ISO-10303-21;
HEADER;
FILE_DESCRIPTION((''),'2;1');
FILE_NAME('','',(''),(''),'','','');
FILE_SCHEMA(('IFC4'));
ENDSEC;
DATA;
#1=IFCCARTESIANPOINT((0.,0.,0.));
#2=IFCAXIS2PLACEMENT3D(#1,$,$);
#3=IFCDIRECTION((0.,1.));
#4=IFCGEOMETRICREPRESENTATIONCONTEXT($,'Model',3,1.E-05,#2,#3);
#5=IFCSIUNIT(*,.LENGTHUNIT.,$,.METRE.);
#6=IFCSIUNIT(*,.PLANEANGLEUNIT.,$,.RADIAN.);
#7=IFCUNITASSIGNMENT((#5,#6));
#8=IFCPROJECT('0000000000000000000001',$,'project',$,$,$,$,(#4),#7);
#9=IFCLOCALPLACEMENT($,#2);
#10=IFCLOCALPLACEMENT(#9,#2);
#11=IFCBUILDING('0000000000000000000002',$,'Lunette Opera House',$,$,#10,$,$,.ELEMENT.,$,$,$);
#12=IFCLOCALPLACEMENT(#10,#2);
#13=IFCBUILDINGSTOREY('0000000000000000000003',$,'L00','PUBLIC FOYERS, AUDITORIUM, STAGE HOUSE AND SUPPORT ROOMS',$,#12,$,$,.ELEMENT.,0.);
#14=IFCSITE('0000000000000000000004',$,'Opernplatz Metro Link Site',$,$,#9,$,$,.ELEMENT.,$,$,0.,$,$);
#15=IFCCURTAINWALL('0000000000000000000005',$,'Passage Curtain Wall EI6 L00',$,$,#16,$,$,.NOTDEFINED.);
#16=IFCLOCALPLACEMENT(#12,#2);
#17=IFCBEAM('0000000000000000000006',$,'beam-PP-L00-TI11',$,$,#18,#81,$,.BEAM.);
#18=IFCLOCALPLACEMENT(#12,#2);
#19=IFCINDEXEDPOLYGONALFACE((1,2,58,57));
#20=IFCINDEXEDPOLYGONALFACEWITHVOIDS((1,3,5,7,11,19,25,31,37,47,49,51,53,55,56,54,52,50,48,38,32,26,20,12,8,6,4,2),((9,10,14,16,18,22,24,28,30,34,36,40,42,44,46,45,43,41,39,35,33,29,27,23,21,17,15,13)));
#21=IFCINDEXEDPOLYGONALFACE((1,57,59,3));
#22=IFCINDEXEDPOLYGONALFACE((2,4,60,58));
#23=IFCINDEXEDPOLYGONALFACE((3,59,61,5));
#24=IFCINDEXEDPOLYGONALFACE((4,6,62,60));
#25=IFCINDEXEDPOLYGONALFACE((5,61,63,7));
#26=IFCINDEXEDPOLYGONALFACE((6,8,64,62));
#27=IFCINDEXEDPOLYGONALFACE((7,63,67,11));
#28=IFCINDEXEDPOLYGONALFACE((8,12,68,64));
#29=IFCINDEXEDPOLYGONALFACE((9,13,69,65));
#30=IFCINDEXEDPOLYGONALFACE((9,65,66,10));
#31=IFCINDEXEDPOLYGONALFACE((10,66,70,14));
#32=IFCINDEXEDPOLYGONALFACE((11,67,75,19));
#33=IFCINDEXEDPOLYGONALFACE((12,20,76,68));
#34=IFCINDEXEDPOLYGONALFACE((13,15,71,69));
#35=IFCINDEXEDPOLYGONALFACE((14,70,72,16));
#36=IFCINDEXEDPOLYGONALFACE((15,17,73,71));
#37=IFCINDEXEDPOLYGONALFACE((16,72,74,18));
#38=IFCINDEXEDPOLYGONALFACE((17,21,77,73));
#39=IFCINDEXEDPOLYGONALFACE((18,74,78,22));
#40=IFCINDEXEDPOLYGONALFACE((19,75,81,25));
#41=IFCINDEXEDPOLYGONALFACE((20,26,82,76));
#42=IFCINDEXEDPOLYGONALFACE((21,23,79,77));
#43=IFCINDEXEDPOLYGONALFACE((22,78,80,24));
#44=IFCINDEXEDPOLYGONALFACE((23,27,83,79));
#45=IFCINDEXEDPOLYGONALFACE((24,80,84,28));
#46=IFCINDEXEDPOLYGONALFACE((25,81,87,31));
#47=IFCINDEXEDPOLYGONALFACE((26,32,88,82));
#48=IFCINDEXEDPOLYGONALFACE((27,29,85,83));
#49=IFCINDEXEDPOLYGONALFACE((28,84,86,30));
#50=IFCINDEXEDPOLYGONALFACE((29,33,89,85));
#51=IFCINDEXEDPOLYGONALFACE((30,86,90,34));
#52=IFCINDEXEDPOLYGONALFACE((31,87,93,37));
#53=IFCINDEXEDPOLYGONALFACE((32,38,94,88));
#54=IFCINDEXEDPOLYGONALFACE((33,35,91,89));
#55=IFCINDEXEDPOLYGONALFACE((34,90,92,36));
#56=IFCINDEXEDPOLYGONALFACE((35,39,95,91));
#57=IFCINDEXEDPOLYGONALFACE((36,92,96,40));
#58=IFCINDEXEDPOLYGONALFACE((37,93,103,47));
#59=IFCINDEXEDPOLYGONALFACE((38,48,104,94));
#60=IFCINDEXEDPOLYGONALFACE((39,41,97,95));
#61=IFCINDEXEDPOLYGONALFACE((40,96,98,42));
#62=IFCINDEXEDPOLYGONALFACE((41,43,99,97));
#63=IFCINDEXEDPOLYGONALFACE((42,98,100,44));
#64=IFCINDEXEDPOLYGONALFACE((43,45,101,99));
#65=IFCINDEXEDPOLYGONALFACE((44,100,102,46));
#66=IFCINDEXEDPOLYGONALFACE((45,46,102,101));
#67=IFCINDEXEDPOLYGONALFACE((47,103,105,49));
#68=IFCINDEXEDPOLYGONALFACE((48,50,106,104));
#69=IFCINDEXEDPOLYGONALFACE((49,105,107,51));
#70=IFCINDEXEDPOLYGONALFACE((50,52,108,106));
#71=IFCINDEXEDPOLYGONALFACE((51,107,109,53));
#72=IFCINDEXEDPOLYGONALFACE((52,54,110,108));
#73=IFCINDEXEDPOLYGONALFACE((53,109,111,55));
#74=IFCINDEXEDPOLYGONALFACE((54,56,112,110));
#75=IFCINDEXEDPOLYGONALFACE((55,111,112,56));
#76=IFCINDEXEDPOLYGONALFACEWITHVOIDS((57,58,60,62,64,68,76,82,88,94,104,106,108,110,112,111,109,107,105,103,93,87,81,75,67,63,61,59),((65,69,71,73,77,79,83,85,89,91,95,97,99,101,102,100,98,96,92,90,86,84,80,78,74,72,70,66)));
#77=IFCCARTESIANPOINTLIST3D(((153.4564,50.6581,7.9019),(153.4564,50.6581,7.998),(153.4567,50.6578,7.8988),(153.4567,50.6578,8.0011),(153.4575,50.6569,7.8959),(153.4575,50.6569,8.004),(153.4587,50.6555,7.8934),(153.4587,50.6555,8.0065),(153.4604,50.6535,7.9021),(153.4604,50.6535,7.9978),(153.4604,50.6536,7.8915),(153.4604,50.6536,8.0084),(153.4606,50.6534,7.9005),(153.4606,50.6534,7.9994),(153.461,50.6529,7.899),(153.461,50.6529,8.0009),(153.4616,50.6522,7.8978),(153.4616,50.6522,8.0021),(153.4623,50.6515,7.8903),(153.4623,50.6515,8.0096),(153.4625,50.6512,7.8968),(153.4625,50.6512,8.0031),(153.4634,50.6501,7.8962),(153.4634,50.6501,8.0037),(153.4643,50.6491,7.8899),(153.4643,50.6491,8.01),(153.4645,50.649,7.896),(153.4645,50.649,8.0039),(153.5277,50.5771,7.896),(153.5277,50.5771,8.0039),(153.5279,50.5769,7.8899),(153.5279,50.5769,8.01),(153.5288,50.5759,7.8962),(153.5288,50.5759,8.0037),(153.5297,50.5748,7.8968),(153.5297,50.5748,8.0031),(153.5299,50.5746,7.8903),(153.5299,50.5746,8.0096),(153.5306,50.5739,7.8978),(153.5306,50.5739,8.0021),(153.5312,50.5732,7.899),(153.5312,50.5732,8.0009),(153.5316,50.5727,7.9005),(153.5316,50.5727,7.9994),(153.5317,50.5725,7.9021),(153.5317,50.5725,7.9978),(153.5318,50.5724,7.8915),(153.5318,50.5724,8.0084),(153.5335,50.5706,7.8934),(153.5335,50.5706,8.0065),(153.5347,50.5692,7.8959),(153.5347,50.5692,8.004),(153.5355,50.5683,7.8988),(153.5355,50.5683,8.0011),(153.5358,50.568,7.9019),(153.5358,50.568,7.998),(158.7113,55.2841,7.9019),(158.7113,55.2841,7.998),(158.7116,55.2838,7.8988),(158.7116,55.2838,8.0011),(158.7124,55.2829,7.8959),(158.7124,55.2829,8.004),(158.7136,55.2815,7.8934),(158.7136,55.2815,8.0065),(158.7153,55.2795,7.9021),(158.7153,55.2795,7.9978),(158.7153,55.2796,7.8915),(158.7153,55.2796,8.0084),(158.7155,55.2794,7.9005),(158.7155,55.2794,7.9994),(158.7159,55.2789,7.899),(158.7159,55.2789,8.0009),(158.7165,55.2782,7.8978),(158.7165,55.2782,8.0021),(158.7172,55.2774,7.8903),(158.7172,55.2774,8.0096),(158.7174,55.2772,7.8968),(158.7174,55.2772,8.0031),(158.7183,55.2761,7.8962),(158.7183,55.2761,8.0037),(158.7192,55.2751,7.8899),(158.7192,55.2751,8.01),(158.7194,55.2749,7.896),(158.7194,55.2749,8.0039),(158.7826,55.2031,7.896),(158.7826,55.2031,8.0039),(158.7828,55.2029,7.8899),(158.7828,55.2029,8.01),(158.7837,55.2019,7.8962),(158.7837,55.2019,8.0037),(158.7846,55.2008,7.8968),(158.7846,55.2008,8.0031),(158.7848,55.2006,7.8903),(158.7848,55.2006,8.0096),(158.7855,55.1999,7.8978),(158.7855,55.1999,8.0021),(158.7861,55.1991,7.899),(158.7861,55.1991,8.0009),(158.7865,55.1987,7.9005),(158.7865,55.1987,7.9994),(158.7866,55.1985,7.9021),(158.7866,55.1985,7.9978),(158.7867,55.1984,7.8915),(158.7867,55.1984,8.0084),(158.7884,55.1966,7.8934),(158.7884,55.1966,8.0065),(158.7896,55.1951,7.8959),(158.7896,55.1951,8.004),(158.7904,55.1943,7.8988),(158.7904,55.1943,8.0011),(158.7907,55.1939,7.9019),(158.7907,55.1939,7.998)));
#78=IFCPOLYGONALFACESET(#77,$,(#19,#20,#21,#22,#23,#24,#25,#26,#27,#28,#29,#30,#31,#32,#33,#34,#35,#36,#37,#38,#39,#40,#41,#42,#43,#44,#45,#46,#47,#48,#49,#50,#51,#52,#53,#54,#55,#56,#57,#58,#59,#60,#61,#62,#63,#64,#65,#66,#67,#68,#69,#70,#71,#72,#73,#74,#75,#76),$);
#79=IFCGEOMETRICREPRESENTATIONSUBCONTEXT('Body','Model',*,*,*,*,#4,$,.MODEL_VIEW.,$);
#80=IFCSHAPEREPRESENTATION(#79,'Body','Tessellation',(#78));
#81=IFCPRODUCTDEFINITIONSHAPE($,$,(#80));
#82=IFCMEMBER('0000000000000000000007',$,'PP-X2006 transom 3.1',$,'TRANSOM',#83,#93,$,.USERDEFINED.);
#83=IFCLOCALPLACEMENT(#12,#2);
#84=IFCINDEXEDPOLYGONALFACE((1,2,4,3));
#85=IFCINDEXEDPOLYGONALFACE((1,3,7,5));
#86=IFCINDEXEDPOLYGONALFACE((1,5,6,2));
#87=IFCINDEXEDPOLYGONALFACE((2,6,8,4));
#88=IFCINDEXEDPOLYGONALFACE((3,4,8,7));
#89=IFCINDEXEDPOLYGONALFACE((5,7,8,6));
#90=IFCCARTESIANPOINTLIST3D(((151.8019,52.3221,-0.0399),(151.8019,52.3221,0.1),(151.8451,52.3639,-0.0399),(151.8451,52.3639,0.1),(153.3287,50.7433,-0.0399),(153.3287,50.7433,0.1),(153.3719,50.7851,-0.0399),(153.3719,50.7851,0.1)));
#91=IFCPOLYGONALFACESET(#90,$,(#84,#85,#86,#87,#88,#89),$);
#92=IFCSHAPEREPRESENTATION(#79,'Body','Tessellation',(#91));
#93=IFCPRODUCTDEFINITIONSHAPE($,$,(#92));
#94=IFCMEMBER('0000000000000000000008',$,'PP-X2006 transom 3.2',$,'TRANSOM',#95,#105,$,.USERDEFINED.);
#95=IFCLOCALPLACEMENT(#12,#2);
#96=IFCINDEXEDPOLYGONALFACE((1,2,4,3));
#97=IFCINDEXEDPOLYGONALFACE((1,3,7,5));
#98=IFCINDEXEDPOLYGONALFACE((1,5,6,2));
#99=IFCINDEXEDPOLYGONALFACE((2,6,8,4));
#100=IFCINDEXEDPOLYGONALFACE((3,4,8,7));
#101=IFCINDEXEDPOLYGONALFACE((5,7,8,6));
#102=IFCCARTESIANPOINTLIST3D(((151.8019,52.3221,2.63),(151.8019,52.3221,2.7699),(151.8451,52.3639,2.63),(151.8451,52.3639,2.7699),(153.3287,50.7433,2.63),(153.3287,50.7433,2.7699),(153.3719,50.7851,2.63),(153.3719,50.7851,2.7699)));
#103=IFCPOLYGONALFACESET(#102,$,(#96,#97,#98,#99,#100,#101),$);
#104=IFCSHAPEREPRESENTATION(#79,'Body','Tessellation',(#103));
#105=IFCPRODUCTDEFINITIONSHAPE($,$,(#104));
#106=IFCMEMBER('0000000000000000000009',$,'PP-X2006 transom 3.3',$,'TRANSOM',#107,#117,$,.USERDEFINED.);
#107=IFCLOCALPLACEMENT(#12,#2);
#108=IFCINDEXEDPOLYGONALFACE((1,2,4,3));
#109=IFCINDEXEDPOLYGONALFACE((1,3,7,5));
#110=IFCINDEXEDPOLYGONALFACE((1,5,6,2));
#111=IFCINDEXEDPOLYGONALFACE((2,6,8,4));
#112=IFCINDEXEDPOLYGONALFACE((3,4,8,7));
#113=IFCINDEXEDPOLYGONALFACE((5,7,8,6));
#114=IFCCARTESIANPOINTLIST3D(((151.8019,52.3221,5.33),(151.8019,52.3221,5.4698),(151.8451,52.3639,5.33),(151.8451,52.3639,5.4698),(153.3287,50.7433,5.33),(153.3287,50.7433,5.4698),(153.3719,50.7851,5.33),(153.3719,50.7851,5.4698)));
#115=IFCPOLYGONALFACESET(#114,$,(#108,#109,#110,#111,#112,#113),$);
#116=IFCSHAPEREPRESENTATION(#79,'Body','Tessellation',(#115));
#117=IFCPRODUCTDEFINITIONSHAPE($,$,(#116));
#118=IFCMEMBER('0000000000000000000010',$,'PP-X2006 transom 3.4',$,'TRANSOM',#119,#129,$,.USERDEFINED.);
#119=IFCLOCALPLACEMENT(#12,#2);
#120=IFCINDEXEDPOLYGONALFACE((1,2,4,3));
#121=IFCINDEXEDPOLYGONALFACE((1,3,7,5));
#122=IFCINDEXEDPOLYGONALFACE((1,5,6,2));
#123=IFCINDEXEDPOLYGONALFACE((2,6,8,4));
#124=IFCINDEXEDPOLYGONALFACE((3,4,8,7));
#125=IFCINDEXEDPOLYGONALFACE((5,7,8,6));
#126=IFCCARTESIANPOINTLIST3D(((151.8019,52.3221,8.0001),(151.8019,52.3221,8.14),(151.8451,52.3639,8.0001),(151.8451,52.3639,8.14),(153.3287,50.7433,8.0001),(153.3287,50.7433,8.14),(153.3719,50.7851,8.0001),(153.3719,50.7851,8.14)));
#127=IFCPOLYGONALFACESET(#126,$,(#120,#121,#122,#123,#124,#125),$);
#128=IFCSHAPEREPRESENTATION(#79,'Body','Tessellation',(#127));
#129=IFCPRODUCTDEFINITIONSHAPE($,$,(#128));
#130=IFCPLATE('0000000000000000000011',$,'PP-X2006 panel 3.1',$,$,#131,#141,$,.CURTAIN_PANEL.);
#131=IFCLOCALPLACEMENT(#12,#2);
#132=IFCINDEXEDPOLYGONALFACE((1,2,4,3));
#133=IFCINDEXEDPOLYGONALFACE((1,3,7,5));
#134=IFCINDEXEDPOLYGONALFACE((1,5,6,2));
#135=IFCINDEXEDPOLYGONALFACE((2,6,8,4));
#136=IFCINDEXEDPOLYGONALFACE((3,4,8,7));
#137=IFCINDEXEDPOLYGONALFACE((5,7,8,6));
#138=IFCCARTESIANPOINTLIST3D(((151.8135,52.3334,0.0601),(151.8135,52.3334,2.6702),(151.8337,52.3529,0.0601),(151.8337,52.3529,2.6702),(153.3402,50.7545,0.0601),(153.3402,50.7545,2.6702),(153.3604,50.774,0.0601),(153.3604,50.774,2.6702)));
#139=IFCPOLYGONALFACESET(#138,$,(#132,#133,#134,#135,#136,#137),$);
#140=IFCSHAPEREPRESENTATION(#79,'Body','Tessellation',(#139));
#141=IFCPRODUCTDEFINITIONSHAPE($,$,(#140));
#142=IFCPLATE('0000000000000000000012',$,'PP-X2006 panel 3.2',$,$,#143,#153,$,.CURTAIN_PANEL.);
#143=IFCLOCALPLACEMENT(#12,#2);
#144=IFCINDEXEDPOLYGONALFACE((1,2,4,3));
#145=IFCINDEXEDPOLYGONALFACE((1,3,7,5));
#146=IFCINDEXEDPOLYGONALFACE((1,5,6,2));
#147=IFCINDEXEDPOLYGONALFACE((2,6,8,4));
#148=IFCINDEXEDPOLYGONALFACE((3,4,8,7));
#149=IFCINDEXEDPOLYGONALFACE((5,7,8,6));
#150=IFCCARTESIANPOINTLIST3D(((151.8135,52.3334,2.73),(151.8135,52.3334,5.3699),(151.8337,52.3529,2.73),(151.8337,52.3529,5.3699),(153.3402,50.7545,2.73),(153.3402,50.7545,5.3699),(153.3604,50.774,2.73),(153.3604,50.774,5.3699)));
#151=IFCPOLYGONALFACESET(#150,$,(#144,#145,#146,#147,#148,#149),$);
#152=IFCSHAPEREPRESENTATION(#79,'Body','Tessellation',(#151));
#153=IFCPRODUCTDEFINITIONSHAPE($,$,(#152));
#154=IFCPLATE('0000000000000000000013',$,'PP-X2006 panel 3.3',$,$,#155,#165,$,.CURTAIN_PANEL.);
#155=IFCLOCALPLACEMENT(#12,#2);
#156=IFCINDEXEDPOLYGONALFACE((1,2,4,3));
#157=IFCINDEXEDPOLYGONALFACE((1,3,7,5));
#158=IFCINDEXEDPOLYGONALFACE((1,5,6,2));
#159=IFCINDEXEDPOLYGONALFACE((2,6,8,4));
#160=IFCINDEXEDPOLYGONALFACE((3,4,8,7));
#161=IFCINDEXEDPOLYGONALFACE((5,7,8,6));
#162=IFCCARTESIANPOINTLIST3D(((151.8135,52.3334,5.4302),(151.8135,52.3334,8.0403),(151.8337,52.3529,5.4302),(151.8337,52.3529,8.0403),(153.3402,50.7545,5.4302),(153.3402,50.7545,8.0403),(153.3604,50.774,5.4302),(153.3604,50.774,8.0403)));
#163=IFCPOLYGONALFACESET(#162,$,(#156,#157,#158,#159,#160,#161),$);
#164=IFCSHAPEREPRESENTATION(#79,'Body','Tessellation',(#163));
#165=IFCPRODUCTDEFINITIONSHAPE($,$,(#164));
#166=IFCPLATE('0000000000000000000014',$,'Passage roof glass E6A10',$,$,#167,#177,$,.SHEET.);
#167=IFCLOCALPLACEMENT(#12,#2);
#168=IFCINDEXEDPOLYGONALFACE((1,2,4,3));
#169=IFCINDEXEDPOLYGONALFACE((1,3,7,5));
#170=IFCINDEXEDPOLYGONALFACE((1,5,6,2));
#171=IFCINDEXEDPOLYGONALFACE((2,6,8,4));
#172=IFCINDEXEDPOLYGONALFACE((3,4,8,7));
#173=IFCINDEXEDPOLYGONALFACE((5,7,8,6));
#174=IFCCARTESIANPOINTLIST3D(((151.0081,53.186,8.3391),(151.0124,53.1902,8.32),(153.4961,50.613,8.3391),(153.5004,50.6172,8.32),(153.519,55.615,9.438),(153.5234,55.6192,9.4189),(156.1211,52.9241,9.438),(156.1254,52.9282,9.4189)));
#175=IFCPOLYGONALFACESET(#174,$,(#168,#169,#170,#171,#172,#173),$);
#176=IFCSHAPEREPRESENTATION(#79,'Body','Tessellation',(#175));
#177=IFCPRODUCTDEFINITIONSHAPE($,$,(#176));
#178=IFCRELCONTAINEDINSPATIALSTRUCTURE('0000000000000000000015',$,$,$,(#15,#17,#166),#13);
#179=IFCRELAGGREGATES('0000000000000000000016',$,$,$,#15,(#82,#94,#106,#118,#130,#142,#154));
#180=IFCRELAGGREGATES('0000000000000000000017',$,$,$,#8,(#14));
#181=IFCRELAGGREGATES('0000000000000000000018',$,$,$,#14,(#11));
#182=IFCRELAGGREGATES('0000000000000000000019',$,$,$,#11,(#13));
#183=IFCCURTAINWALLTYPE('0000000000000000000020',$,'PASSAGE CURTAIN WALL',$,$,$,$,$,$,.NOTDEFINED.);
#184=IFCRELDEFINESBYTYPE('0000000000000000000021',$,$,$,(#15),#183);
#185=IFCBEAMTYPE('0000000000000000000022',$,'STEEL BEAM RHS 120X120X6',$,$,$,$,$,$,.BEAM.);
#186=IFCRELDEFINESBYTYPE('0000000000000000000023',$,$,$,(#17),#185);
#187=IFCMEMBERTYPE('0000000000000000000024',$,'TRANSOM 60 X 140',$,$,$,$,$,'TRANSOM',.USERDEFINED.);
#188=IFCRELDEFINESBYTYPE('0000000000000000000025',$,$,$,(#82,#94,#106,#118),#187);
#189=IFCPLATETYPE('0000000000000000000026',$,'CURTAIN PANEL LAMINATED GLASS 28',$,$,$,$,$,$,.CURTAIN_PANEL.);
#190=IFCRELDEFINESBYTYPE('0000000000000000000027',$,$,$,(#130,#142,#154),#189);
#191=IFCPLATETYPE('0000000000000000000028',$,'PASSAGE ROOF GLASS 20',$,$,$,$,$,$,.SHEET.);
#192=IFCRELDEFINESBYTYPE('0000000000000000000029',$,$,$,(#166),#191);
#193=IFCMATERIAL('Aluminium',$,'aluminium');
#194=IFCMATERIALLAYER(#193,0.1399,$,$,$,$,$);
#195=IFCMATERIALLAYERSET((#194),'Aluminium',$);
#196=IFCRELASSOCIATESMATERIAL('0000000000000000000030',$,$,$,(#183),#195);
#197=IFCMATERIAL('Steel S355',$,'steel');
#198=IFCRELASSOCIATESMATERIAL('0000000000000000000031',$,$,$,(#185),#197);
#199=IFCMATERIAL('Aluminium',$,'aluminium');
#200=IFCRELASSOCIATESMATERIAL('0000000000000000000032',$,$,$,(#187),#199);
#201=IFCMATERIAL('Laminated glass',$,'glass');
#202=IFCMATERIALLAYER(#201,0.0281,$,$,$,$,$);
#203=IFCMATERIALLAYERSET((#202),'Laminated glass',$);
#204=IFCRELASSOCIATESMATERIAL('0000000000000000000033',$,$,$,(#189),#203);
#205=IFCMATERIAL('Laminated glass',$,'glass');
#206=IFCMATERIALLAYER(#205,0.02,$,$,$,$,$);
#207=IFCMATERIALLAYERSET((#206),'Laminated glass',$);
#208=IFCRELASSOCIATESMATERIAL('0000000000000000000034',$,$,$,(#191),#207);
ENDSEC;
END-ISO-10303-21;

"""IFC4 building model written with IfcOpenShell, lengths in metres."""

from ifc_helpers import new_model, si_unit, direction, frame, origin, origin_2d, place, context, subcontext, project, spatial, polyline, rectangle, hollow_rectangle, outline, extrude, material, layer, layer_set, material_profile, profile_set, type_object, element, aggregate, save


model = new_model("IFC4")

# Units and contexts
model_context = context("Model", 3, precision=1e-05, world=origin(), true_north=direction((0.0, 1.0)))
body_context = subcontext(model_context, "Body", "Model", "MODEL_VIEW")
ifc_project = project(units=[si_unit("LENGTHUNIT", "METRE"), si_unit("PLANEANGLEUNIT", "RADIAN")], contexts=[model_context])

# Site, building, storey
site_placement = place(None, origin())
site = spatial("IfcSite", under=ifc_project, at=site_placement, Name="Opernplatz Metro Link Site", CompositionType="ELEMENT", RefElevation=0.0)
building_placement = place(site_placement, origin())
building = spatial("IfcBuilding", under=site, at=building_placement, Name="Lunette Opera House", CompositionType="ELEMENT")
storey_placement = place(building_placement, origin())
storey = spatial("IfcBuildingStorey", under=building, at=storey_placement, Name="L00", Description="PUBLIC FOYERS, AUDITORIUM, STAGE HOUSE AND SUPPORT ROOMS", CompositionType="ELEMENT", Elevation=0.0)

# Curtain wall
ifc_material_1 = material(Name="Aluminium", Category="aluminium")
ifc_layer_1 = layer(ifc_material_1, 0.1399)
ifc_layer_set_1 = layer_set([ifc_layer_1], Name="Aluminium")
curtain_wall_type = type_object("IfcCurtainWallType", Name="PASSAGE CURTAIN WALL", PredefinedType="NOTDEFINED", material=ifc_layer_set_1)
curtain_wall_placement = place(storey_placement, origin())
curtain_wall = element("IfcCurtainWall", 1, at=curtain_wall_placement, inside=storey, type_object=curtain_wall_type, Name="Passage Curtain Wall EI6 L00", PredefinedType="NOTDEFINED")

# Beam
ifc_material_2 = material(Name="Steel S355", Category="steel")
ifc_material_profile_1 = material_profile(ifc_material_2, hollow_rectangle(XDim=0.1201, YDim=0.1201, WallThickness=0.0061, InnerFilletRadius=0.0061, OuterFilletRadius=0.012, at=origin_2d()), Name="RHS 120X120X6")
ifc_profile_set_1 = profile_set([ifc_material_profile_1], Name="Steel S355")
beam_type_1 = type_object("IfcBeamType", Name="STEEL BEAM RHS 120X120X6", PredefinedType="BEAM", material=ifc_profile_set_1)
beam_1_placement = place(storey_placement, frame((153.4961, 50.613, 7.95), z_axis=(0.750595, 0.660763, 0.0), x_axis=(-0.660763, 0.750595, 0.0)))
element("IfcBeam", 2, at=beam_1_placement, inside=storey, type_object=beam_type_1, Name="beam-PP-L00-TI11", PredefinedType="BEAM", context=body_context, shape_type="SweptSolid", body=[
    extrude(hollow_rectangle(XDim=0.1201, YDim=0.1201, WallThickness=0.0061, InnerFilletRadius=0.0061, OuterFilletRadius=0.012, at=origin_2d()), origin(), (0.0, 0.0, 1.0), 7.001),
])

# Members
ifc_material_3 = material(Name="Aluminium", Category="aluminium")
ifc_material_profile_2 = material_profile(ifc_material_3, rectangle(XDim=0.0601, YDim=0.1399, at=origin_2d()), Name="TRANSOM 60 X 140")
ifc_profile_set_2 = profile_set([ifc_material_profile_2], Name="Aluminium")
member_type_1 = type_object("IfcMemberType", Name="TRANSOM 60 X 140", ElementType="TRANSOM", PredefinedType="USERDEFINED", material=ifc_profile_set_2)
member_1_placement = place(storey_placement, frame((151.8235, 52.343, 0.03), z_axis=(0.69517, -0.718846, 0.0), x_axis=(0.718846, 0.69517, 0.0)))
member_1 = element("IfcMember", 3, at=member_1_placement, type_object=member_type_1, Name="PP-X2006 transom 3.1", ObjectType="TRANSOM", PredefinedType="USERDEFINED", context=body_context, shape_type="SweptSolid", body=[
    extrude(rectangle(XDim=0.0601, YDim=0.1399, at=origin_2d()), origin(), (0.0, 0.0, 1.0), 2.1963),
])
member_2_placement = place(storey_placement, frame((151.8235, 52.343, 2.7), z_axis=(0.69517, -0.718846, 0.0), x_axis=(0.718846, 0.69517, 0.0)))
member_2 = element("IfcMember", 4, at=member_2_placement, type_object=member_type_1, Name="PP-X2006 transom 3.2", ObjectType="TRANSOM", PredefinedType="USERDEFINED", context=body_context, shape_type="SweptSolid", body=[
    extrude(rectangle(XDim=0.0601, YDim=0.1399, at=origin_2d()), origin(), (0.0, 0.0, 1.0), 2.1963),
])
member_3_placement = place(storey_placement, frame((151.8235, 52.343, 5.3999), z_axis=(0.69517, -0.718846, 0.0), x_axis=(0.718846, 0.69517, 0.0)))
member_3 = element("IfcMember", 5, at=member_3_placement, type_object=member_type_1, Name="PP-X2006 transom 3.3", ObjectType="TRANSOM", PredefinedType="USERDEFINED", context=body_context, shape_type="SweptSolid", body=[
    extrude(rectangle(XDim=0.0601, YDim=0.1399, at=origin_2d()), origin(), (0.0, 0.0, 1.0), 2.1963),
])
member_4_placement = place(storey_placement, frame((151.8235, 52.343, 8.0701), z_axis=(0.69517, -0.718846, 0.0), x_axis=(0.718846, 0.69517, 0.0)))
member_4 = element("IfcMember", 6, at=member_4_placement, type_object=member_type_1, Name="PP-X2006 transom 3.4", ObjectType="TRANSOM", PredefinedType="USERDEFINED", context=body_context, shape_type="SweptSolid", body=[
    extrude(rectangle(XDim=0.0601, YDim=0.1399, at=origin_2d()), origin(), (0.0, 0.0, 1.0), 2.1963),
])

# Plates
ifc_material_4 = material(Name="Laminated glass", Category="glass")
ifc_layer_2 = layer(ifc_material_4, 0.0281)
ifc_layer_set_2 = layer_set([ifc_layer_2], Name="Laminated glass")
plate_type_1 = type_object("IfcPlateType", Name="CURTAIN PANEL LAMINATED GLASS 28", PredefinedType="CURTAIN_PANEL", material=ifc_layer_set_2)
plate_1_placement = place(storey_placement, frame((152.5869, 51.5537, 0.0601), z_axis=(0.0, 0.0, 1.0), x_axis=(0.695125, -0.718889, 0.0)))
plate_1 = element("IfcPlate", 7, at=plate_1_placement, type_object=plate_type_1, Name="PP-X2006 panel 3.1", PredefinedType="CURTAIN_PANEL", context=body_context, shape_type="SweptSolid", body=[
    extrude(rectangle(XDim=2.1963, YDim=0.0281, at=origin_2d()), origin(), (0.0, 0.0, 1.0), 2.6101),
])
plate_2_placement = place(storey_placement, frame((152.5869, 51.5537, 2.73), z_axis=(0.0, 0.0, 1.0), x_axis=(0.695125, -0.718889, 0.0)))
plate_2 = element("IfcPlate", 8, at=plate_2_placement, type_object=plate_type_1, Name="PP-X2006 panel 3.2", PredefinedType="CURTAIN_PANEL", context=body_context, shape_type="SweptSolid", body=[
    extrude(rectangle(XDim=2.1963, YDim=0.0281, at=origin_2d()), origin(), (0.0, 0.0, 1.0), 2.6399),
])
plate_3_placement = place(storey_placement, frame((152.5869, 51.5537, 5.4302), z_axis=(0.0, 0.0, 1.0), x_axis=(0.695125, -0.718889, 0.0)))
plate_3 = element("IfcPlate", 9, at=plate_3_placement, type_object=plate_type_1, Name="PP-X2006 panel 3.3", PredefinedType="CURTAIN_PANEL", context=body_context, shape_type="SweptSolid", body=[
    extrude(rectangle(XDim=2.1963, YDim=0.0281, at=origin_2d()), origin(), (0.0, 0.0, 1.0), 2.6101),
])
aggregate(curtain_wall, [member_1, member_2, member_3, member_4, plate_1, plate_2, plate_3])
ifc_material_5 = material(Name="Laminated glass", Category="glass")
ifc_layer_3 = layer(ifc_material_5, 0.02)
ifc_layer_set_3 = layer_set([ifc_layer_3], Name="Laminated glass")
plate_type_2 = type_object("IfcPlateType", Name="PASSAGE ROOF GLASS 20", PredefinedType="SHEET", material=ifc_layer_set_3)
plate_4_placement = place(storey_placement, frame((151.0081, 53.186, 8.3391), z_axis=(-0.2157, -0.208577, 0.953923), x_axis=(0.695138, -0.718876, 0.0)))
element("IfcPlate", 10, at=plate_4_placement, inside=storey, type_object=plate_type_2, Name="Passage roof glass E6A10", PredefinedType="SHEET", context=body_context, shape_type="SweptSolid", body=[
    extrude(outline(polyline([(0.0, 0.0), (3.5792, 0.0), (3.7426, 3.6623), (-0.0006, 3.6623), (0.0, 0.0)])), origin(), (0.0, 0.0, -1.0), 0.02),
])

save(model, "model.ifc")
